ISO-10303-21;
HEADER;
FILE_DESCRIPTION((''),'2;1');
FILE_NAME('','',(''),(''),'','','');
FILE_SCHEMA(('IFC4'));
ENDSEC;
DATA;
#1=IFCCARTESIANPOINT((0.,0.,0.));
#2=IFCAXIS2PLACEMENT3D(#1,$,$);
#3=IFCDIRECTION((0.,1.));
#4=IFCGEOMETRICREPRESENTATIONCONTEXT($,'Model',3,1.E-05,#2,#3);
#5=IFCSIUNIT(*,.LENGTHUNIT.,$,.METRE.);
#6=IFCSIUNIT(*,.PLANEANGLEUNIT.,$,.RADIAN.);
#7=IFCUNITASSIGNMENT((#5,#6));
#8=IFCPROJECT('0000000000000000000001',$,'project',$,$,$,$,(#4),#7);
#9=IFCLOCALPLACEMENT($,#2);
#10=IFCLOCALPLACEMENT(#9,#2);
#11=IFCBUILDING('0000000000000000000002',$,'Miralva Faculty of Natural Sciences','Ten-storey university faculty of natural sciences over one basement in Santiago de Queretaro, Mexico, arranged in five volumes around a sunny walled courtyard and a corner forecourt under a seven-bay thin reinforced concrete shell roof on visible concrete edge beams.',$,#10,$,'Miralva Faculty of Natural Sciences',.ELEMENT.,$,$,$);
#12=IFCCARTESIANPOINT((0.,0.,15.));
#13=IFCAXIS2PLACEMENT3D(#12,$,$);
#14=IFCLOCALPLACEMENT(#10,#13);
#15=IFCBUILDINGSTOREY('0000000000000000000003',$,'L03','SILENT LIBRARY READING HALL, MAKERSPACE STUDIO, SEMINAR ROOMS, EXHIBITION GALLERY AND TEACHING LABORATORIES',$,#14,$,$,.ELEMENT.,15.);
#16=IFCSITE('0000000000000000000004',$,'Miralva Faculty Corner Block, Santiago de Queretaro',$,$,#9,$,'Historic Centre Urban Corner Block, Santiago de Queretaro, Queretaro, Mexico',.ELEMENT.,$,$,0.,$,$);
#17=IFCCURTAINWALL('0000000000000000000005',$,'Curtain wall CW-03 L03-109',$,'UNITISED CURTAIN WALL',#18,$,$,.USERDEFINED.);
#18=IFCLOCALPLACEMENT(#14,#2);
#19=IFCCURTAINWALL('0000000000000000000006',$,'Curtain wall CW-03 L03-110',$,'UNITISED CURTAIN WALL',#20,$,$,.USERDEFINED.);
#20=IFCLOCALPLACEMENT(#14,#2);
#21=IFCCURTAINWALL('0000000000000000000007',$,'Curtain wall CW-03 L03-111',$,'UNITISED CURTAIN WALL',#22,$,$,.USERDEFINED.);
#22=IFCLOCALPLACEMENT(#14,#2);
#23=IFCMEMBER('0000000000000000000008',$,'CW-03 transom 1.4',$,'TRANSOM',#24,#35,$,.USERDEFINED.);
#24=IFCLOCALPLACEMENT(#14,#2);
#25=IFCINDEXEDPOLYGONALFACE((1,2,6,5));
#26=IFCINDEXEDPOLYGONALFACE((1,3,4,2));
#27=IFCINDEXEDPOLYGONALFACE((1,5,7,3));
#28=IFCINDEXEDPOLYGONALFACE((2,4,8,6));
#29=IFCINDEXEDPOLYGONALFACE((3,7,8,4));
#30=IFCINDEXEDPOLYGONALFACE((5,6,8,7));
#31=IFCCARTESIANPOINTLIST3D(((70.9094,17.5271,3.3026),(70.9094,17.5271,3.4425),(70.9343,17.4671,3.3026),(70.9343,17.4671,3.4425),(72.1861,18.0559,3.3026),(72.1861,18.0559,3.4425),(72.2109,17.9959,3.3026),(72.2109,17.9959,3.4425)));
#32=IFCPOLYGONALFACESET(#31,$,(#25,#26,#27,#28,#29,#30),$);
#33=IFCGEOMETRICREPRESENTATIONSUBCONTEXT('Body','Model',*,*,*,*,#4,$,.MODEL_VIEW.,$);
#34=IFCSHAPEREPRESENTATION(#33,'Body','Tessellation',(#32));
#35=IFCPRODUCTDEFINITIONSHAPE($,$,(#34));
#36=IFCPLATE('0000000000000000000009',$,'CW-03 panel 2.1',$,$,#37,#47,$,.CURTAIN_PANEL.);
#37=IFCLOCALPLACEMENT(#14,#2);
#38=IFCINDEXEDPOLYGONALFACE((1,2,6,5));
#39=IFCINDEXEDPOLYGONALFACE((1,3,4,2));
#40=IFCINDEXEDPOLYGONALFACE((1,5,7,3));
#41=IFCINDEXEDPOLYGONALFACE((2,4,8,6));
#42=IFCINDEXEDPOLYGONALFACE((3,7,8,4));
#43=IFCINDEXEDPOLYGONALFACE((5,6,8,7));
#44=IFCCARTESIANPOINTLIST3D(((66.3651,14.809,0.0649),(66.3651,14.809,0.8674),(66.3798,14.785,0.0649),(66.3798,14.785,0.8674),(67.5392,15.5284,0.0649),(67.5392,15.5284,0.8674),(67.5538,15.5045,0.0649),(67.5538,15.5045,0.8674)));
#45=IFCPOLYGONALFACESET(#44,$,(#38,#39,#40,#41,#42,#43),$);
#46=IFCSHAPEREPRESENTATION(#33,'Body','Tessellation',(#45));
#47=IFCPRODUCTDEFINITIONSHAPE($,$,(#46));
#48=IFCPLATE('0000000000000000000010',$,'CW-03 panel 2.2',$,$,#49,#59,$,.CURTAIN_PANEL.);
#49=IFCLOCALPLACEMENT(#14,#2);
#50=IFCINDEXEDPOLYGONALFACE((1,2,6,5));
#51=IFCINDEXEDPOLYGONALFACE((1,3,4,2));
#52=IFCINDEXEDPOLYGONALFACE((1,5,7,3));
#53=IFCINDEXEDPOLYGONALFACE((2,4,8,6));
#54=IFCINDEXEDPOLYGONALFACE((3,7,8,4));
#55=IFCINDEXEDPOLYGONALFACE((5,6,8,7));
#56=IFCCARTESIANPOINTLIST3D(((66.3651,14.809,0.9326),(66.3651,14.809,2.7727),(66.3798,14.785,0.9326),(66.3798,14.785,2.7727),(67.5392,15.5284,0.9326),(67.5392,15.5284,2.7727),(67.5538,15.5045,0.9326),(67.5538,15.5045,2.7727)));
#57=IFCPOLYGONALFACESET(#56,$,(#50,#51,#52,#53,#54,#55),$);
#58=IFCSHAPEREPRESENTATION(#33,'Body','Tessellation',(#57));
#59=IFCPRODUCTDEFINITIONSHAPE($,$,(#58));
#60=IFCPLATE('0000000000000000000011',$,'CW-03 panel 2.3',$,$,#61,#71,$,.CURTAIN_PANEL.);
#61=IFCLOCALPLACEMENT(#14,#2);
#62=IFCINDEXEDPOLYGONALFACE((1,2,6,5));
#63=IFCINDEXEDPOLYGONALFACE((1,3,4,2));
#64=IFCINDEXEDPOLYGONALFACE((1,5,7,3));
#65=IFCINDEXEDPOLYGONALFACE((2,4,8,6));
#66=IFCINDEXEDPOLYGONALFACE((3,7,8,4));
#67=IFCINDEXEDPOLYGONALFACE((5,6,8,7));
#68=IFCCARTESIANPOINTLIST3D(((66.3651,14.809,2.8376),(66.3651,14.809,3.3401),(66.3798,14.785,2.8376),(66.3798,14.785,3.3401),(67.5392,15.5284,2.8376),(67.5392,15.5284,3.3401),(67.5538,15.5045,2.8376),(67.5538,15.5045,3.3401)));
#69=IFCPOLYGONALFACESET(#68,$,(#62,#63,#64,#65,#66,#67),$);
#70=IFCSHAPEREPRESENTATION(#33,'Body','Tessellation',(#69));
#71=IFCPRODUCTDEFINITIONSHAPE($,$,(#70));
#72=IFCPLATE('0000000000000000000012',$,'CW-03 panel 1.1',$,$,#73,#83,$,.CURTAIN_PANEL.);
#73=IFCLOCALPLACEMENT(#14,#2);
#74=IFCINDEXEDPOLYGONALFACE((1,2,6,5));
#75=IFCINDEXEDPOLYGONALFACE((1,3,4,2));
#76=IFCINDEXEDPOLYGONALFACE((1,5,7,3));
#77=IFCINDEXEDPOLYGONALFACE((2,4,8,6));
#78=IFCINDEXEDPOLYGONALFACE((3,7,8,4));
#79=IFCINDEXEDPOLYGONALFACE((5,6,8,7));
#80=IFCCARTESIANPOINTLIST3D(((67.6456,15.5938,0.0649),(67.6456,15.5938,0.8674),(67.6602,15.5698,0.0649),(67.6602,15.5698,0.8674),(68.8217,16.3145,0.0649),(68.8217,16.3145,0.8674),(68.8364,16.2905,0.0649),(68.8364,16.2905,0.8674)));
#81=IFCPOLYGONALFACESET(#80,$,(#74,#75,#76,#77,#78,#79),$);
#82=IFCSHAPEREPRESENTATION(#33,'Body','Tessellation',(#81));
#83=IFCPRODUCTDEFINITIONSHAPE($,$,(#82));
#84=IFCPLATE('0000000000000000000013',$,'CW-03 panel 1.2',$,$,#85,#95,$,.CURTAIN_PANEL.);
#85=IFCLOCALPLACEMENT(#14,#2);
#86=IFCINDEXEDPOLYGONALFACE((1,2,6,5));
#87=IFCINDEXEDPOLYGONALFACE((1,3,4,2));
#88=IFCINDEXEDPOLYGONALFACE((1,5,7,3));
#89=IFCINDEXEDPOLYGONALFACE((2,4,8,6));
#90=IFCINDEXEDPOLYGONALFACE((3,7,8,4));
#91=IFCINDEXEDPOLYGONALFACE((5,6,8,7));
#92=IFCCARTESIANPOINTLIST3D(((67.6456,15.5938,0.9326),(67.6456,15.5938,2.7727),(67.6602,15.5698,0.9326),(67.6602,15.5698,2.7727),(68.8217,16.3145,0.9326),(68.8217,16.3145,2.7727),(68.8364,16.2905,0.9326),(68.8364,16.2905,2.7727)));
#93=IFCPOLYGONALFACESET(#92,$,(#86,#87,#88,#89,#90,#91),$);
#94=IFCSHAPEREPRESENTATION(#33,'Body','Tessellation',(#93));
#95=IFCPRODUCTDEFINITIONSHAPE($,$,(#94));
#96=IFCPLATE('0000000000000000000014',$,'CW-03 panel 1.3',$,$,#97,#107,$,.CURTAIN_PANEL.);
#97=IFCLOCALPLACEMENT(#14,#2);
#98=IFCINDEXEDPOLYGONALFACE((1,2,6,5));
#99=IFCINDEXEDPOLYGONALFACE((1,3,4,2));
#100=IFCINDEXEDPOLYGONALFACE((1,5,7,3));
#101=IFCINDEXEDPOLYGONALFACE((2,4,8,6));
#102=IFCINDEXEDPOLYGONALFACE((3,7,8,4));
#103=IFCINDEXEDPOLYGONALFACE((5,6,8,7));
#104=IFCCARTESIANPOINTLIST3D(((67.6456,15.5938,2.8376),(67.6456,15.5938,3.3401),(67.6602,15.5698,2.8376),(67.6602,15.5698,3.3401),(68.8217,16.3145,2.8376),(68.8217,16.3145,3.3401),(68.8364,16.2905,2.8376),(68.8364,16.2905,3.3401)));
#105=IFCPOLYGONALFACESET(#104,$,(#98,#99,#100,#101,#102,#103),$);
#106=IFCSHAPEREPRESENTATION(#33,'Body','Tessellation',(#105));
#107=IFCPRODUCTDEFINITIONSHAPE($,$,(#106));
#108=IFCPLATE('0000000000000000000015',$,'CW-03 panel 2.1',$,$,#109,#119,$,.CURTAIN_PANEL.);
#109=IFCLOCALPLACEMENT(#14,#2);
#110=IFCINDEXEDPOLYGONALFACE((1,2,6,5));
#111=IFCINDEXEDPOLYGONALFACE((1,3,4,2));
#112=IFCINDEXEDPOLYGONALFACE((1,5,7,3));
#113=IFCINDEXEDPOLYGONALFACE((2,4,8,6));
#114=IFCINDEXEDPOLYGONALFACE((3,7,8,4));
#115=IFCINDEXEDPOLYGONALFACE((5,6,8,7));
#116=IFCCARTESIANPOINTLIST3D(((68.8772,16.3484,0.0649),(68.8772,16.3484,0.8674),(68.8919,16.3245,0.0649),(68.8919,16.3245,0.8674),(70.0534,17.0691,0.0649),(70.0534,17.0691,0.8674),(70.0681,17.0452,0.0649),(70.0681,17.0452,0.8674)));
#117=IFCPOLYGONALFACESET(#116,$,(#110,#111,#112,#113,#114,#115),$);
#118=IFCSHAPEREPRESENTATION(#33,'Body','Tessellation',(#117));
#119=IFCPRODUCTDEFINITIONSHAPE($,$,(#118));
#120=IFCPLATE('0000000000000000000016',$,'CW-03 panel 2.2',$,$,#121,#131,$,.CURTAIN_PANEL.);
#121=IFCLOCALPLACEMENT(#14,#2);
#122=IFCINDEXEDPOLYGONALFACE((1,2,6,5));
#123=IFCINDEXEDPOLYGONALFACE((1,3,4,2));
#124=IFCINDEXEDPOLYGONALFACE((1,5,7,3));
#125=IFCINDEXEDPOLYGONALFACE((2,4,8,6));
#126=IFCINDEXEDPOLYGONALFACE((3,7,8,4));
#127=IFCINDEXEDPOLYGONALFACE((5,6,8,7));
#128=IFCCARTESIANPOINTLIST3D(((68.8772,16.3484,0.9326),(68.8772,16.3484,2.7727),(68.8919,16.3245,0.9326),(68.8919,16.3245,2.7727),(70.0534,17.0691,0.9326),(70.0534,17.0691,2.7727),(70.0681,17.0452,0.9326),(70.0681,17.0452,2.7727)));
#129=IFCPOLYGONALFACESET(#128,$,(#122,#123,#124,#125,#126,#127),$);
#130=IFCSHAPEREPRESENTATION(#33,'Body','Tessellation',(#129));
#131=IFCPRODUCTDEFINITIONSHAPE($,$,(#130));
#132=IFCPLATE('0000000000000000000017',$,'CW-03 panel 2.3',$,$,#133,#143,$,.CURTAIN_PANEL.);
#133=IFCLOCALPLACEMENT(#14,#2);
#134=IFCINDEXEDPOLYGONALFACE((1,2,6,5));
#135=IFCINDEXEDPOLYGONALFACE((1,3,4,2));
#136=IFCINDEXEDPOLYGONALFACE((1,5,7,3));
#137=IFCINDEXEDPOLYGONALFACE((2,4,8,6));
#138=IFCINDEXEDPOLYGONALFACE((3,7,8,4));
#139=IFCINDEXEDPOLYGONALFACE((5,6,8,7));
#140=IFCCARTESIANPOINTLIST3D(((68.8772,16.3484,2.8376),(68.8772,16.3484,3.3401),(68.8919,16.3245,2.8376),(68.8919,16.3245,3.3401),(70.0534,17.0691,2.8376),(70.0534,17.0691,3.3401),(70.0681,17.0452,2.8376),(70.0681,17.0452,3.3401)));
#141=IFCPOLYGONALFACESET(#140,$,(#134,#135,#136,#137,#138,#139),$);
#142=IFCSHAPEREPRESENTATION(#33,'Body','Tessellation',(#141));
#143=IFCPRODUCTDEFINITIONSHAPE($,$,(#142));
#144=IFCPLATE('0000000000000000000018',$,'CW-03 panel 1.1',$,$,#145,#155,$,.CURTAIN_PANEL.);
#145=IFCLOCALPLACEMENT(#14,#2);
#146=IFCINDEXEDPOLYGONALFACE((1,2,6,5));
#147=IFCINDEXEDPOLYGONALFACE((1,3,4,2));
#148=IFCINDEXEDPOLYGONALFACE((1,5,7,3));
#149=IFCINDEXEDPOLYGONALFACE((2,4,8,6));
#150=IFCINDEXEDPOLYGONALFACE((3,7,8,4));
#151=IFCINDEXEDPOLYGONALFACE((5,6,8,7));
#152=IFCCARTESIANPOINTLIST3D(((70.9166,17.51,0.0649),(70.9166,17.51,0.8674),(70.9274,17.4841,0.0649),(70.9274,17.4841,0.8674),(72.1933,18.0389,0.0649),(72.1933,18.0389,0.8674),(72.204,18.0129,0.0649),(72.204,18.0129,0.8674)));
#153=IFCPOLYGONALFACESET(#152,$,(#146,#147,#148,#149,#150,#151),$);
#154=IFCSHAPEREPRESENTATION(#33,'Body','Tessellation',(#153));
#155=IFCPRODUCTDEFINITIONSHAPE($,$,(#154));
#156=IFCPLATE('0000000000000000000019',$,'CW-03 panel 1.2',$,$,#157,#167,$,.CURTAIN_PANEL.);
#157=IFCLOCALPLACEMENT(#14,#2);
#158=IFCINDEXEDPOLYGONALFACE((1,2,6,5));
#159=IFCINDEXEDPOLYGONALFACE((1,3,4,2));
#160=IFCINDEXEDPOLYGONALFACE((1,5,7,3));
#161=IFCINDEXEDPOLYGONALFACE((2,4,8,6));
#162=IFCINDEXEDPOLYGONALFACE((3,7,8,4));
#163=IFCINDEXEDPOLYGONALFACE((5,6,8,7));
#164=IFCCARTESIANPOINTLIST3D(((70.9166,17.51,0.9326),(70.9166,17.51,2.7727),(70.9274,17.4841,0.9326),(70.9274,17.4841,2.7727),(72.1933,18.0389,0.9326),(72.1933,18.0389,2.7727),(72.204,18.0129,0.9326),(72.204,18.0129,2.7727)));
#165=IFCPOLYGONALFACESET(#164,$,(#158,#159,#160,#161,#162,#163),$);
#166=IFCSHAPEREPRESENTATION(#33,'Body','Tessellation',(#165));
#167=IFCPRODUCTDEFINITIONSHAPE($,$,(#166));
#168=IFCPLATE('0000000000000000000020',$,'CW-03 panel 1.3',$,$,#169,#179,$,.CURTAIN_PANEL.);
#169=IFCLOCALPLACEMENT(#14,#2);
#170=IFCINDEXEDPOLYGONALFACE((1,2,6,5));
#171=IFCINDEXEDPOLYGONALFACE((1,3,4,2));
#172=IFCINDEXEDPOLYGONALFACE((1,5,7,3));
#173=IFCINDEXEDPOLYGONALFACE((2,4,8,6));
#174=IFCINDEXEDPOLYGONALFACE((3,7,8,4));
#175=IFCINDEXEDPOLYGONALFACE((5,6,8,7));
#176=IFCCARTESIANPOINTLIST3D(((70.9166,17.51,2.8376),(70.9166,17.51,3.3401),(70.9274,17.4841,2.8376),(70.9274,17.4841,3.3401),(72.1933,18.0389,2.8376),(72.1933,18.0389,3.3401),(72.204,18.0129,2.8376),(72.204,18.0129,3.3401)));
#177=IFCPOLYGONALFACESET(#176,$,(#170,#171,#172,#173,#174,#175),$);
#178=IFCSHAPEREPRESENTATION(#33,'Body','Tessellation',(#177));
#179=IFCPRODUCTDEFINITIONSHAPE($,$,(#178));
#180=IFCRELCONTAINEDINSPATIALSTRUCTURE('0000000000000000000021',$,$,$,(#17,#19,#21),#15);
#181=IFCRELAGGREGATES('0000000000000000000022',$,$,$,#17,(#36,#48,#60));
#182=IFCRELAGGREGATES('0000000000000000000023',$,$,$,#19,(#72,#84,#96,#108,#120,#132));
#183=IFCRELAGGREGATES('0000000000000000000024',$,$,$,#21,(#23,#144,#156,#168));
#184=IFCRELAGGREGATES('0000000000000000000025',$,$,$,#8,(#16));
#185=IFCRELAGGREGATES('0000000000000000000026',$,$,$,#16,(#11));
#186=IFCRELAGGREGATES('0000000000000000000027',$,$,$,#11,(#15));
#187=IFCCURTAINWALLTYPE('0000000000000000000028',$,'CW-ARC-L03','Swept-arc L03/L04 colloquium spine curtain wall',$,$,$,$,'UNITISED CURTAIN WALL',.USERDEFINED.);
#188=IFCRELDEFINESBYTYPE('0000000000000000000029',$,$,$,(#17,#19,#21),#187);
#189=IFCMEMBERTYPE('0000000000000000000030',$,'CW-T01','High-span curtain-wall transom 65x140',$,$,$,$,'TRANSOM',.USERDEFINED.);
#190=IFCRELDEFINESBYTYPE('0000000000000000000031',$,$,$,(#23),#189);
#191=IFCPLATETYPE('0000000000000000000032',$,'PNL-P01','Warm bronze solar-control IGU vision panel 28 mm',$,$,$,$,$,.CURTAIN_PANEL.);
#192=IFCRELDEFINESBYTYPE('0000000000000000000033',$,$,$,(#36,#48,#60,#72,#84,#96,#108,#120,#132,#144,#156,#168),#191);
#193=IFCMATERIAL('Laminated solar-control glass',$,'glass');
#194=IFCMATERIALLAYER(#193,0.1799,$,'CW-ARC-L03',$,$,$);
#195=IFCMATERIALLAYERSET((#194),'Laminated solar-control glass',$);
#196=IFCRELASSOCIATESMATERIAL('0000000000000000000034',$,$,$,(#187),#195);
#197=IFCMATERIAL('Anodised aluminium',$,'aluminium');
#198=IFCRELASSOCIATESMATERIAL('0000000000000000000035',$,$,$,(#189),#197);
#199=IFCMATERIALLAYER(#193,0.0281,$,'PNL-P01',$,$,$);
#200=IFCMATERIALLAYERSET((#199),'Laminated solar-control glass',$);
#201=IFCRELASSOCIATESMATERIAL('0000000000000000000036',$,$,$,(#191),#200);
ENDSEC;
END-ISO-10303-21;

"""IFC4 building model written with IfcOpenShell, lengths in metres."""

from ifc_helpers import new_model, si_unit, direction, frame, origin, origin_2d, place, context, subcontext, project, spatial, rectangle, extrude, material, layer, layer_set, material_profile, profile_set, type_object, element, aggregate, save


model = new_model("IFC4")

# Units and contexts
model_context = context("Model", 3, precision=1e-05, world=origin(), true_north=direction((0.0, 1.0)))
body_context = subcontext(model_context, "Body", "Model", "MODEL_VIEW")
ifc_project = project(units=[si_unit("LENGTHUNIT", "METRE"), si_unit("PLANEANGLEUNIT", "RADIAN")], contexts=[model_context])

# Site, building, storey
site_placement = place(None, origin())
site = spatial("IfcSite", under=ifc_project, at=site_placement, Name="Miralva Faculty Corner Block, Santiago de Queretaro", LongName="Historic Centre Urban Corner Block, Santiago de Queretaro, Queretaro, Mexico", CompositionType="ELEMENT", RefElevation=0.0)
building_placement = place(site_placement, origin())
building = spatial("IfcBuilding", under=site, at=building_placement, Name="Miralva Faculty of Natural Sciences", Description="Ten-storey university faculty of natural sciences over one basement in Santiago de Queretaro, Mexico, arranged in five volumes around a sunny walled courtyard and a corner forecourt under a seven-bay thin reinforced concrete shell roof on visible concrete edge beams.", LongName="Miralva Faculty of Natural Sciences", CompositionType="ELEMENT")
storey_placement = place(building_placement, frame((0.0, 0.0, 15.0)))
storey = spatial("IfcBuildingStorey", under=building, at=storey_placement, Name="L03", Description="SILENT LIBRARY READING HALL, MAKERSPACE STUDIO, SEMINAR ROOMS, EXHIBITION GALLERY AND TEACHING LABORATORIES", CompositionType="ELEMENT", Elevation=15.0)

# Curtain wall
ifc_material_1 = material(Name="Laminated solar-control glass", Category="glass")
ifc_layer_1 = layer(ifc_material_1, 0.1799, Name="CW-ARC-L03")
ifc_layer_set_1 = layer_set([ifc_layer_1], Name="Laminated solar-control glass")
curtain_wall_type = type_object("IfcCurtainWallType", Name="CW-ARC-L03", Description="Swept-arc L03/L04 colloquium spine curtain wall", ElementType="UNITISED CURTAIN WALL", PredefinedType="USERDEFINED", material=ifc_layer_set_1)
curtain_wall_1_placement = place(storey_placement, origin())
curtain_wall_1 = element("IfcCurtainWall", 1, at=curtain_wall_1_placement, inside=storey, type_object=curtain_wall_type, Name="Curtain wall CW-03 L03-109", ObjectType="UNITISED CURTAIN WALL", PredefinedType="USERDEFINED")
ifc_material_2 = material(Name="Anodised aluminium", Category="aluminium")

# Curtain wall
curtain_wall_2_placement = place(storey_placement, origin())
curtain_wall_2 = element("IfcCurtainWall", 2, at=curtain_wall_2_placement, inside=storey, type_object=curtain_wall_type, Name="Curtain wall CW-03 L03-110", ObjectType="UNITISED CURTAIN WALL", PredefinedType="USERDEFINED")

# Curtain wall
curtain_wall_3_placement = place(storey_placement, origin())
curtain_wall_3 = element("IfcCurtainWall", 3, at=curtain_wall_3_placement, inside=storey, type_object=curtain_wall_type, Name="Curtain wall CW-03 L03-111", ObjectType="UNITISED CURTAIN WALL", PredefinedType="USERDEFINED")

# Member
ifc_material_profile_1 = material_profile(ifc_material_2, rectangle(XDim=0.0649, YDim=0.1399, at=origin_2d()), Name="TRANSOM 65x140")
ifc_profile_set_1 = profile_set([ifc_material_profile_1], Name="Anodised aluminium")
member_type_1 = type_object("IfcMemberType", Name="CW-T01", Description="High-span curtain-wall transom 65x140", ElementType="TRANSOM", PredefinedType="USERDEFINED", material=ifc_profile_set_1)
member_1_placement = place(storey_placement, frame((70.9219, 17.4971, 3.3726), z_axis=(0.923875, 0.382695, 0.0), x_axis=(-0.382695, 0.923875, 0.0)))
member_1 = element("IfcMember", 4, at=member_1_placement, type_object=member_type_1, Name="CW-03 transom 1.4", ObjectType="TRANSOM", PredefinedType="USERDEFINED", context=body_context, shape_type="SweptSolid", body=[
    extrude(rectangle(XDim=0.0649, YDim=0.1399, at=origin_2d()), origin(), (0.0, 0.0, 1.0), 1.3818),
])

# Plates
ifc_layer_2 = layer(ifc_material_1, 0.0281, Name="PNL-P01")
ifc_layer_set_2 = layer_set([ifc_layer_2], Name="Laminated solar-control glass")
plate_type = type_object("IfcPlateType", Name="PNL-P01", Description="Warm bronze solar-control IGU vision panel 28 mm", PredefinedType="CURTAIN_PANEL", material=ifc_layer_set_2)
plate_1_placement = place(storey_placement, frame((66.9595, 15.1567, 0.0649), z_axis=(0.0, 0.0, 1.0), x_axis=(0.852641, 0.522498, 0.0)))
plate_1 = element("IfcPlate", 5, at=plate_1_placement, type_object=plate_type, Name="CW-03 panel 2.1", PredefinedType="CURTAIN_PANEL", context=body_context, shape_type="SweptSolid", body=[
    extrude(rectangle(XDim=1.377, YDim=0.0281, at=origin_2d()), origin(), (0.0, 0.0, 1.0), 0.8025),
])
plate_2_placement = place(storey_placement, frame((66.9595, 15.1567, 0.9326), z_axis=(0.0, 0.0, 1.0), x_axis=(0.852641, 0.522498, 0.0)))
plate_2 = element("IfcPlate", 6, at=plate_2_placement, type_object=plate_type, Name="CW-03 panel 2.2", PredefinedType="CURTAIN_PANEL", context=body_context, shape_type="SweptSolid", body=[
    extrude(rectangle(XDim=1.377, YDim=0.0281, at=origin_2d()), origin(), (0.0, 0.0, 1.0), 1.8401),
])
plate_3_placement = place(storey_placement, frame((66.9595, 15.1567, 2.8376), z_axis=(0.0, 0.0, 1.0), x_axis=(0.852641, 0.522498, 0.0)))
plate_3 = element("IfcPlate", 7, at=plate_3_placement, type_object=plate_type, Name="CW-03 panel 2.3", PredefinedType="CURTAIN_PANEL", context=body_context, shape_type="SweptSolid", body=[
    extrude(rectangle(XDim=1.377, YDim=0.0281, at=origin_2d()), origin(), (0.0, 0.0, 1.0), 0.5024),
])
aggregate(curtain_wall_1, [plate_1, plate_2, plate_3])
plate_4_placement = place(storey_placement, frame((68.241, 15.9421, 0.0649), z_axis=(0.0, 0.0, 1.0), x_axis=(0.852655, 0.522474, 0.0)))
plate_4 = element("IfcPlate", 8, at=plate_4_placement, type_object=plate_type, Name="CW-03 panel 1.1", PredefinedType="CURTAIN_PANEL", context=body_context, shape_type="SweptSolid", body=[
    extrude(rectangle(XDim=1.3794, YDim=0.0281, at=origin_2d()), origin(), (0.0, 0.0, 1.0), 0.8025),
])
plate_5_placement = place(storey_placement, frame((68.241, 15.9421, 0.9326), z_axis=(0.0, 0.0, 1.0), x_axis=(0.852655, 0.522474, 0.0)))
plate_5 = element("IfcPlate", 9, at=plate_5_placement, type_object=plate_type, Name="CW-03 panel 1.2", PredefinedType="CURTAIN_PANEL", context=body_context, shape_type="SweptSolid", body=[
    extrude(rectangle(XDim=1.3794, YDim=0.0281, at=origin_2d()), origin(), (0.0, 0.0, 1.0), 1.8401),
])
plate_6_placement = place(storey_placement, frame((68.241, 15.9421, 2.8376), z_axis=(0.0, 0.0, 1.0), x_axis=(0.852655, 0.522474, 0.0)))
plate_6 = element("IfcPlate", 10, at=plate_6_placement, type_object=plate_type, Name="CW-03 panel 1.3", PredefinedType="CURTAIN_PANEL", context=body_context, shape_type="SweptSolid", body=[
    extrude(rectangle(XDim=1.3794, YDim=0.0281, at=origin_2d()), origin(), (0.0, 0.0, 1.0), 0.5024),
])
plate_7_placement = place(storey_placement, frame((69.4727, 16.6968, 0.0649), z_axis=(0.0, 0.0, 1.0), x_axis=(0.852655, 0.522474, 0.0)))
plate_7 = element("IfcPlate", 11, at=plate_7_placement, type_object=plate_type, Name="CW-03 panel 2.1", PredefinedType="CURTAIN_PANEL", context=body_context, shape_type="SweptSolid", body=[
    extrude(rectangle(XDim=1.3794, YDim=0.0281, at=origin_2d()), origin(), (0.0, 0.0, 1.0), 0.8025),
])
plate_8_placement = place(storey_placement, frame((69.4727, 16.6968, 0.9326), z_axis=(0.0, 0.0, 1.0), x_axis=(0.852655, 0.522474, 0.0)))
plate_8 = element("IfcPlate", 12, at=plate_8_placement, type_object=plate_type, Name="CW-03 panel 2.2", PredefinedType="CURTAIN_PANEL", context=body_context, shape_type="SweptSolid", body=[
    extrude(rectangle(XDim=1.3794, YDim=0.0281, at=origin_2d()), origin(), (0.0, 0.0, 1.0), 1.8401),
])
plate_9_placement = place(storey_placement, frame((69.4727, 16.6968, 2.8376), z_axis=(0.0, 0.0, 1.0), x_axis=(0.852655, 0.522474, 0.0)))
plate_9 = element("IfcPlate", 13, at=plate_9_placement, type_object=plate_type, Name="CW-03 panel 2.3", PredefinedType="CURTAIN_PANEL", context=body_context, shape_type="SweptSolid", body=[
    extrude(rectangle(XDim=1.3794, YDim=0.0281, at=origin_2d()), origin(), (0.0, 0.0, 1.0), 0.5024),
])
aggregate(curtain_wall_2, [plate_4, plate_5, plate_6, plate_7, plate_8, plate_9])
plate_10_placement = place(storey_placement, frame((71.5603, 17.7615, 0.0649), z_axis=(0.0, 0.0, 1.0), x_axis=(0.923874, 0.382697, 0.0)))
plate_10 = element("IfcPlate", 14, at=plate_10_placement, type_object=plate_type, Name="CW-03 panel 1.1", PredefinedType="CURTAIN_PANEL", context=body_context, shape_type="SweptSolid", body=[
    extrude(rectangle(XDim=1.3818, YDim=0.0281, at=origin_2d()), origin(), (0.0, 0.0, 1.0), 0.8025),
])
plate_11_placement = place(storey_placement, frame((71.5603, 17.7615, 0.9326), z_axis=(0.0, 0.0, 1.0), x_axis=(0.923874, 0.382697, 0.0)))
plate_11 = element("IfcPlate", 15, at=plate_11_placement, type_object=plate_type, Name="CW-03 panel 1.2", PredefinedType="CURTAIN_PANEL", context=body_context, shape_type="SweptSolid", body=[
    extrude(rectangle(XDim=1.3818, YDim=0.0281, at=origin_2d()), origin(), (0.0, 0.0, 1.0), 1.8401),
])
plate_12_placement = place(storey_placement, frame((71.5603, 17.7615, 2.8376), z_axis=(0.0, 0.0, 1.0), x_axis=(0.923874, 0.382697, 0.0)))
plate_12 = element("IfcPlate", 16, at=plate_12_placement, type_object=plate_type, Name="CW-03 panel 1.3", PredefinedType="CURTAIN_PANEL", context=body_context, shape_type="SweptSolid", body=[
    extrude(rectangle(XDim=1.3818, YDim=0.0281, at=origin_2d()), origin(), (0.0, 0.0, 1.0), 0.5024),
])
aggregate(curtain_wall_3, [member_1, plate_10, plate_11, plate_12])

save(model, "model.ifc")
